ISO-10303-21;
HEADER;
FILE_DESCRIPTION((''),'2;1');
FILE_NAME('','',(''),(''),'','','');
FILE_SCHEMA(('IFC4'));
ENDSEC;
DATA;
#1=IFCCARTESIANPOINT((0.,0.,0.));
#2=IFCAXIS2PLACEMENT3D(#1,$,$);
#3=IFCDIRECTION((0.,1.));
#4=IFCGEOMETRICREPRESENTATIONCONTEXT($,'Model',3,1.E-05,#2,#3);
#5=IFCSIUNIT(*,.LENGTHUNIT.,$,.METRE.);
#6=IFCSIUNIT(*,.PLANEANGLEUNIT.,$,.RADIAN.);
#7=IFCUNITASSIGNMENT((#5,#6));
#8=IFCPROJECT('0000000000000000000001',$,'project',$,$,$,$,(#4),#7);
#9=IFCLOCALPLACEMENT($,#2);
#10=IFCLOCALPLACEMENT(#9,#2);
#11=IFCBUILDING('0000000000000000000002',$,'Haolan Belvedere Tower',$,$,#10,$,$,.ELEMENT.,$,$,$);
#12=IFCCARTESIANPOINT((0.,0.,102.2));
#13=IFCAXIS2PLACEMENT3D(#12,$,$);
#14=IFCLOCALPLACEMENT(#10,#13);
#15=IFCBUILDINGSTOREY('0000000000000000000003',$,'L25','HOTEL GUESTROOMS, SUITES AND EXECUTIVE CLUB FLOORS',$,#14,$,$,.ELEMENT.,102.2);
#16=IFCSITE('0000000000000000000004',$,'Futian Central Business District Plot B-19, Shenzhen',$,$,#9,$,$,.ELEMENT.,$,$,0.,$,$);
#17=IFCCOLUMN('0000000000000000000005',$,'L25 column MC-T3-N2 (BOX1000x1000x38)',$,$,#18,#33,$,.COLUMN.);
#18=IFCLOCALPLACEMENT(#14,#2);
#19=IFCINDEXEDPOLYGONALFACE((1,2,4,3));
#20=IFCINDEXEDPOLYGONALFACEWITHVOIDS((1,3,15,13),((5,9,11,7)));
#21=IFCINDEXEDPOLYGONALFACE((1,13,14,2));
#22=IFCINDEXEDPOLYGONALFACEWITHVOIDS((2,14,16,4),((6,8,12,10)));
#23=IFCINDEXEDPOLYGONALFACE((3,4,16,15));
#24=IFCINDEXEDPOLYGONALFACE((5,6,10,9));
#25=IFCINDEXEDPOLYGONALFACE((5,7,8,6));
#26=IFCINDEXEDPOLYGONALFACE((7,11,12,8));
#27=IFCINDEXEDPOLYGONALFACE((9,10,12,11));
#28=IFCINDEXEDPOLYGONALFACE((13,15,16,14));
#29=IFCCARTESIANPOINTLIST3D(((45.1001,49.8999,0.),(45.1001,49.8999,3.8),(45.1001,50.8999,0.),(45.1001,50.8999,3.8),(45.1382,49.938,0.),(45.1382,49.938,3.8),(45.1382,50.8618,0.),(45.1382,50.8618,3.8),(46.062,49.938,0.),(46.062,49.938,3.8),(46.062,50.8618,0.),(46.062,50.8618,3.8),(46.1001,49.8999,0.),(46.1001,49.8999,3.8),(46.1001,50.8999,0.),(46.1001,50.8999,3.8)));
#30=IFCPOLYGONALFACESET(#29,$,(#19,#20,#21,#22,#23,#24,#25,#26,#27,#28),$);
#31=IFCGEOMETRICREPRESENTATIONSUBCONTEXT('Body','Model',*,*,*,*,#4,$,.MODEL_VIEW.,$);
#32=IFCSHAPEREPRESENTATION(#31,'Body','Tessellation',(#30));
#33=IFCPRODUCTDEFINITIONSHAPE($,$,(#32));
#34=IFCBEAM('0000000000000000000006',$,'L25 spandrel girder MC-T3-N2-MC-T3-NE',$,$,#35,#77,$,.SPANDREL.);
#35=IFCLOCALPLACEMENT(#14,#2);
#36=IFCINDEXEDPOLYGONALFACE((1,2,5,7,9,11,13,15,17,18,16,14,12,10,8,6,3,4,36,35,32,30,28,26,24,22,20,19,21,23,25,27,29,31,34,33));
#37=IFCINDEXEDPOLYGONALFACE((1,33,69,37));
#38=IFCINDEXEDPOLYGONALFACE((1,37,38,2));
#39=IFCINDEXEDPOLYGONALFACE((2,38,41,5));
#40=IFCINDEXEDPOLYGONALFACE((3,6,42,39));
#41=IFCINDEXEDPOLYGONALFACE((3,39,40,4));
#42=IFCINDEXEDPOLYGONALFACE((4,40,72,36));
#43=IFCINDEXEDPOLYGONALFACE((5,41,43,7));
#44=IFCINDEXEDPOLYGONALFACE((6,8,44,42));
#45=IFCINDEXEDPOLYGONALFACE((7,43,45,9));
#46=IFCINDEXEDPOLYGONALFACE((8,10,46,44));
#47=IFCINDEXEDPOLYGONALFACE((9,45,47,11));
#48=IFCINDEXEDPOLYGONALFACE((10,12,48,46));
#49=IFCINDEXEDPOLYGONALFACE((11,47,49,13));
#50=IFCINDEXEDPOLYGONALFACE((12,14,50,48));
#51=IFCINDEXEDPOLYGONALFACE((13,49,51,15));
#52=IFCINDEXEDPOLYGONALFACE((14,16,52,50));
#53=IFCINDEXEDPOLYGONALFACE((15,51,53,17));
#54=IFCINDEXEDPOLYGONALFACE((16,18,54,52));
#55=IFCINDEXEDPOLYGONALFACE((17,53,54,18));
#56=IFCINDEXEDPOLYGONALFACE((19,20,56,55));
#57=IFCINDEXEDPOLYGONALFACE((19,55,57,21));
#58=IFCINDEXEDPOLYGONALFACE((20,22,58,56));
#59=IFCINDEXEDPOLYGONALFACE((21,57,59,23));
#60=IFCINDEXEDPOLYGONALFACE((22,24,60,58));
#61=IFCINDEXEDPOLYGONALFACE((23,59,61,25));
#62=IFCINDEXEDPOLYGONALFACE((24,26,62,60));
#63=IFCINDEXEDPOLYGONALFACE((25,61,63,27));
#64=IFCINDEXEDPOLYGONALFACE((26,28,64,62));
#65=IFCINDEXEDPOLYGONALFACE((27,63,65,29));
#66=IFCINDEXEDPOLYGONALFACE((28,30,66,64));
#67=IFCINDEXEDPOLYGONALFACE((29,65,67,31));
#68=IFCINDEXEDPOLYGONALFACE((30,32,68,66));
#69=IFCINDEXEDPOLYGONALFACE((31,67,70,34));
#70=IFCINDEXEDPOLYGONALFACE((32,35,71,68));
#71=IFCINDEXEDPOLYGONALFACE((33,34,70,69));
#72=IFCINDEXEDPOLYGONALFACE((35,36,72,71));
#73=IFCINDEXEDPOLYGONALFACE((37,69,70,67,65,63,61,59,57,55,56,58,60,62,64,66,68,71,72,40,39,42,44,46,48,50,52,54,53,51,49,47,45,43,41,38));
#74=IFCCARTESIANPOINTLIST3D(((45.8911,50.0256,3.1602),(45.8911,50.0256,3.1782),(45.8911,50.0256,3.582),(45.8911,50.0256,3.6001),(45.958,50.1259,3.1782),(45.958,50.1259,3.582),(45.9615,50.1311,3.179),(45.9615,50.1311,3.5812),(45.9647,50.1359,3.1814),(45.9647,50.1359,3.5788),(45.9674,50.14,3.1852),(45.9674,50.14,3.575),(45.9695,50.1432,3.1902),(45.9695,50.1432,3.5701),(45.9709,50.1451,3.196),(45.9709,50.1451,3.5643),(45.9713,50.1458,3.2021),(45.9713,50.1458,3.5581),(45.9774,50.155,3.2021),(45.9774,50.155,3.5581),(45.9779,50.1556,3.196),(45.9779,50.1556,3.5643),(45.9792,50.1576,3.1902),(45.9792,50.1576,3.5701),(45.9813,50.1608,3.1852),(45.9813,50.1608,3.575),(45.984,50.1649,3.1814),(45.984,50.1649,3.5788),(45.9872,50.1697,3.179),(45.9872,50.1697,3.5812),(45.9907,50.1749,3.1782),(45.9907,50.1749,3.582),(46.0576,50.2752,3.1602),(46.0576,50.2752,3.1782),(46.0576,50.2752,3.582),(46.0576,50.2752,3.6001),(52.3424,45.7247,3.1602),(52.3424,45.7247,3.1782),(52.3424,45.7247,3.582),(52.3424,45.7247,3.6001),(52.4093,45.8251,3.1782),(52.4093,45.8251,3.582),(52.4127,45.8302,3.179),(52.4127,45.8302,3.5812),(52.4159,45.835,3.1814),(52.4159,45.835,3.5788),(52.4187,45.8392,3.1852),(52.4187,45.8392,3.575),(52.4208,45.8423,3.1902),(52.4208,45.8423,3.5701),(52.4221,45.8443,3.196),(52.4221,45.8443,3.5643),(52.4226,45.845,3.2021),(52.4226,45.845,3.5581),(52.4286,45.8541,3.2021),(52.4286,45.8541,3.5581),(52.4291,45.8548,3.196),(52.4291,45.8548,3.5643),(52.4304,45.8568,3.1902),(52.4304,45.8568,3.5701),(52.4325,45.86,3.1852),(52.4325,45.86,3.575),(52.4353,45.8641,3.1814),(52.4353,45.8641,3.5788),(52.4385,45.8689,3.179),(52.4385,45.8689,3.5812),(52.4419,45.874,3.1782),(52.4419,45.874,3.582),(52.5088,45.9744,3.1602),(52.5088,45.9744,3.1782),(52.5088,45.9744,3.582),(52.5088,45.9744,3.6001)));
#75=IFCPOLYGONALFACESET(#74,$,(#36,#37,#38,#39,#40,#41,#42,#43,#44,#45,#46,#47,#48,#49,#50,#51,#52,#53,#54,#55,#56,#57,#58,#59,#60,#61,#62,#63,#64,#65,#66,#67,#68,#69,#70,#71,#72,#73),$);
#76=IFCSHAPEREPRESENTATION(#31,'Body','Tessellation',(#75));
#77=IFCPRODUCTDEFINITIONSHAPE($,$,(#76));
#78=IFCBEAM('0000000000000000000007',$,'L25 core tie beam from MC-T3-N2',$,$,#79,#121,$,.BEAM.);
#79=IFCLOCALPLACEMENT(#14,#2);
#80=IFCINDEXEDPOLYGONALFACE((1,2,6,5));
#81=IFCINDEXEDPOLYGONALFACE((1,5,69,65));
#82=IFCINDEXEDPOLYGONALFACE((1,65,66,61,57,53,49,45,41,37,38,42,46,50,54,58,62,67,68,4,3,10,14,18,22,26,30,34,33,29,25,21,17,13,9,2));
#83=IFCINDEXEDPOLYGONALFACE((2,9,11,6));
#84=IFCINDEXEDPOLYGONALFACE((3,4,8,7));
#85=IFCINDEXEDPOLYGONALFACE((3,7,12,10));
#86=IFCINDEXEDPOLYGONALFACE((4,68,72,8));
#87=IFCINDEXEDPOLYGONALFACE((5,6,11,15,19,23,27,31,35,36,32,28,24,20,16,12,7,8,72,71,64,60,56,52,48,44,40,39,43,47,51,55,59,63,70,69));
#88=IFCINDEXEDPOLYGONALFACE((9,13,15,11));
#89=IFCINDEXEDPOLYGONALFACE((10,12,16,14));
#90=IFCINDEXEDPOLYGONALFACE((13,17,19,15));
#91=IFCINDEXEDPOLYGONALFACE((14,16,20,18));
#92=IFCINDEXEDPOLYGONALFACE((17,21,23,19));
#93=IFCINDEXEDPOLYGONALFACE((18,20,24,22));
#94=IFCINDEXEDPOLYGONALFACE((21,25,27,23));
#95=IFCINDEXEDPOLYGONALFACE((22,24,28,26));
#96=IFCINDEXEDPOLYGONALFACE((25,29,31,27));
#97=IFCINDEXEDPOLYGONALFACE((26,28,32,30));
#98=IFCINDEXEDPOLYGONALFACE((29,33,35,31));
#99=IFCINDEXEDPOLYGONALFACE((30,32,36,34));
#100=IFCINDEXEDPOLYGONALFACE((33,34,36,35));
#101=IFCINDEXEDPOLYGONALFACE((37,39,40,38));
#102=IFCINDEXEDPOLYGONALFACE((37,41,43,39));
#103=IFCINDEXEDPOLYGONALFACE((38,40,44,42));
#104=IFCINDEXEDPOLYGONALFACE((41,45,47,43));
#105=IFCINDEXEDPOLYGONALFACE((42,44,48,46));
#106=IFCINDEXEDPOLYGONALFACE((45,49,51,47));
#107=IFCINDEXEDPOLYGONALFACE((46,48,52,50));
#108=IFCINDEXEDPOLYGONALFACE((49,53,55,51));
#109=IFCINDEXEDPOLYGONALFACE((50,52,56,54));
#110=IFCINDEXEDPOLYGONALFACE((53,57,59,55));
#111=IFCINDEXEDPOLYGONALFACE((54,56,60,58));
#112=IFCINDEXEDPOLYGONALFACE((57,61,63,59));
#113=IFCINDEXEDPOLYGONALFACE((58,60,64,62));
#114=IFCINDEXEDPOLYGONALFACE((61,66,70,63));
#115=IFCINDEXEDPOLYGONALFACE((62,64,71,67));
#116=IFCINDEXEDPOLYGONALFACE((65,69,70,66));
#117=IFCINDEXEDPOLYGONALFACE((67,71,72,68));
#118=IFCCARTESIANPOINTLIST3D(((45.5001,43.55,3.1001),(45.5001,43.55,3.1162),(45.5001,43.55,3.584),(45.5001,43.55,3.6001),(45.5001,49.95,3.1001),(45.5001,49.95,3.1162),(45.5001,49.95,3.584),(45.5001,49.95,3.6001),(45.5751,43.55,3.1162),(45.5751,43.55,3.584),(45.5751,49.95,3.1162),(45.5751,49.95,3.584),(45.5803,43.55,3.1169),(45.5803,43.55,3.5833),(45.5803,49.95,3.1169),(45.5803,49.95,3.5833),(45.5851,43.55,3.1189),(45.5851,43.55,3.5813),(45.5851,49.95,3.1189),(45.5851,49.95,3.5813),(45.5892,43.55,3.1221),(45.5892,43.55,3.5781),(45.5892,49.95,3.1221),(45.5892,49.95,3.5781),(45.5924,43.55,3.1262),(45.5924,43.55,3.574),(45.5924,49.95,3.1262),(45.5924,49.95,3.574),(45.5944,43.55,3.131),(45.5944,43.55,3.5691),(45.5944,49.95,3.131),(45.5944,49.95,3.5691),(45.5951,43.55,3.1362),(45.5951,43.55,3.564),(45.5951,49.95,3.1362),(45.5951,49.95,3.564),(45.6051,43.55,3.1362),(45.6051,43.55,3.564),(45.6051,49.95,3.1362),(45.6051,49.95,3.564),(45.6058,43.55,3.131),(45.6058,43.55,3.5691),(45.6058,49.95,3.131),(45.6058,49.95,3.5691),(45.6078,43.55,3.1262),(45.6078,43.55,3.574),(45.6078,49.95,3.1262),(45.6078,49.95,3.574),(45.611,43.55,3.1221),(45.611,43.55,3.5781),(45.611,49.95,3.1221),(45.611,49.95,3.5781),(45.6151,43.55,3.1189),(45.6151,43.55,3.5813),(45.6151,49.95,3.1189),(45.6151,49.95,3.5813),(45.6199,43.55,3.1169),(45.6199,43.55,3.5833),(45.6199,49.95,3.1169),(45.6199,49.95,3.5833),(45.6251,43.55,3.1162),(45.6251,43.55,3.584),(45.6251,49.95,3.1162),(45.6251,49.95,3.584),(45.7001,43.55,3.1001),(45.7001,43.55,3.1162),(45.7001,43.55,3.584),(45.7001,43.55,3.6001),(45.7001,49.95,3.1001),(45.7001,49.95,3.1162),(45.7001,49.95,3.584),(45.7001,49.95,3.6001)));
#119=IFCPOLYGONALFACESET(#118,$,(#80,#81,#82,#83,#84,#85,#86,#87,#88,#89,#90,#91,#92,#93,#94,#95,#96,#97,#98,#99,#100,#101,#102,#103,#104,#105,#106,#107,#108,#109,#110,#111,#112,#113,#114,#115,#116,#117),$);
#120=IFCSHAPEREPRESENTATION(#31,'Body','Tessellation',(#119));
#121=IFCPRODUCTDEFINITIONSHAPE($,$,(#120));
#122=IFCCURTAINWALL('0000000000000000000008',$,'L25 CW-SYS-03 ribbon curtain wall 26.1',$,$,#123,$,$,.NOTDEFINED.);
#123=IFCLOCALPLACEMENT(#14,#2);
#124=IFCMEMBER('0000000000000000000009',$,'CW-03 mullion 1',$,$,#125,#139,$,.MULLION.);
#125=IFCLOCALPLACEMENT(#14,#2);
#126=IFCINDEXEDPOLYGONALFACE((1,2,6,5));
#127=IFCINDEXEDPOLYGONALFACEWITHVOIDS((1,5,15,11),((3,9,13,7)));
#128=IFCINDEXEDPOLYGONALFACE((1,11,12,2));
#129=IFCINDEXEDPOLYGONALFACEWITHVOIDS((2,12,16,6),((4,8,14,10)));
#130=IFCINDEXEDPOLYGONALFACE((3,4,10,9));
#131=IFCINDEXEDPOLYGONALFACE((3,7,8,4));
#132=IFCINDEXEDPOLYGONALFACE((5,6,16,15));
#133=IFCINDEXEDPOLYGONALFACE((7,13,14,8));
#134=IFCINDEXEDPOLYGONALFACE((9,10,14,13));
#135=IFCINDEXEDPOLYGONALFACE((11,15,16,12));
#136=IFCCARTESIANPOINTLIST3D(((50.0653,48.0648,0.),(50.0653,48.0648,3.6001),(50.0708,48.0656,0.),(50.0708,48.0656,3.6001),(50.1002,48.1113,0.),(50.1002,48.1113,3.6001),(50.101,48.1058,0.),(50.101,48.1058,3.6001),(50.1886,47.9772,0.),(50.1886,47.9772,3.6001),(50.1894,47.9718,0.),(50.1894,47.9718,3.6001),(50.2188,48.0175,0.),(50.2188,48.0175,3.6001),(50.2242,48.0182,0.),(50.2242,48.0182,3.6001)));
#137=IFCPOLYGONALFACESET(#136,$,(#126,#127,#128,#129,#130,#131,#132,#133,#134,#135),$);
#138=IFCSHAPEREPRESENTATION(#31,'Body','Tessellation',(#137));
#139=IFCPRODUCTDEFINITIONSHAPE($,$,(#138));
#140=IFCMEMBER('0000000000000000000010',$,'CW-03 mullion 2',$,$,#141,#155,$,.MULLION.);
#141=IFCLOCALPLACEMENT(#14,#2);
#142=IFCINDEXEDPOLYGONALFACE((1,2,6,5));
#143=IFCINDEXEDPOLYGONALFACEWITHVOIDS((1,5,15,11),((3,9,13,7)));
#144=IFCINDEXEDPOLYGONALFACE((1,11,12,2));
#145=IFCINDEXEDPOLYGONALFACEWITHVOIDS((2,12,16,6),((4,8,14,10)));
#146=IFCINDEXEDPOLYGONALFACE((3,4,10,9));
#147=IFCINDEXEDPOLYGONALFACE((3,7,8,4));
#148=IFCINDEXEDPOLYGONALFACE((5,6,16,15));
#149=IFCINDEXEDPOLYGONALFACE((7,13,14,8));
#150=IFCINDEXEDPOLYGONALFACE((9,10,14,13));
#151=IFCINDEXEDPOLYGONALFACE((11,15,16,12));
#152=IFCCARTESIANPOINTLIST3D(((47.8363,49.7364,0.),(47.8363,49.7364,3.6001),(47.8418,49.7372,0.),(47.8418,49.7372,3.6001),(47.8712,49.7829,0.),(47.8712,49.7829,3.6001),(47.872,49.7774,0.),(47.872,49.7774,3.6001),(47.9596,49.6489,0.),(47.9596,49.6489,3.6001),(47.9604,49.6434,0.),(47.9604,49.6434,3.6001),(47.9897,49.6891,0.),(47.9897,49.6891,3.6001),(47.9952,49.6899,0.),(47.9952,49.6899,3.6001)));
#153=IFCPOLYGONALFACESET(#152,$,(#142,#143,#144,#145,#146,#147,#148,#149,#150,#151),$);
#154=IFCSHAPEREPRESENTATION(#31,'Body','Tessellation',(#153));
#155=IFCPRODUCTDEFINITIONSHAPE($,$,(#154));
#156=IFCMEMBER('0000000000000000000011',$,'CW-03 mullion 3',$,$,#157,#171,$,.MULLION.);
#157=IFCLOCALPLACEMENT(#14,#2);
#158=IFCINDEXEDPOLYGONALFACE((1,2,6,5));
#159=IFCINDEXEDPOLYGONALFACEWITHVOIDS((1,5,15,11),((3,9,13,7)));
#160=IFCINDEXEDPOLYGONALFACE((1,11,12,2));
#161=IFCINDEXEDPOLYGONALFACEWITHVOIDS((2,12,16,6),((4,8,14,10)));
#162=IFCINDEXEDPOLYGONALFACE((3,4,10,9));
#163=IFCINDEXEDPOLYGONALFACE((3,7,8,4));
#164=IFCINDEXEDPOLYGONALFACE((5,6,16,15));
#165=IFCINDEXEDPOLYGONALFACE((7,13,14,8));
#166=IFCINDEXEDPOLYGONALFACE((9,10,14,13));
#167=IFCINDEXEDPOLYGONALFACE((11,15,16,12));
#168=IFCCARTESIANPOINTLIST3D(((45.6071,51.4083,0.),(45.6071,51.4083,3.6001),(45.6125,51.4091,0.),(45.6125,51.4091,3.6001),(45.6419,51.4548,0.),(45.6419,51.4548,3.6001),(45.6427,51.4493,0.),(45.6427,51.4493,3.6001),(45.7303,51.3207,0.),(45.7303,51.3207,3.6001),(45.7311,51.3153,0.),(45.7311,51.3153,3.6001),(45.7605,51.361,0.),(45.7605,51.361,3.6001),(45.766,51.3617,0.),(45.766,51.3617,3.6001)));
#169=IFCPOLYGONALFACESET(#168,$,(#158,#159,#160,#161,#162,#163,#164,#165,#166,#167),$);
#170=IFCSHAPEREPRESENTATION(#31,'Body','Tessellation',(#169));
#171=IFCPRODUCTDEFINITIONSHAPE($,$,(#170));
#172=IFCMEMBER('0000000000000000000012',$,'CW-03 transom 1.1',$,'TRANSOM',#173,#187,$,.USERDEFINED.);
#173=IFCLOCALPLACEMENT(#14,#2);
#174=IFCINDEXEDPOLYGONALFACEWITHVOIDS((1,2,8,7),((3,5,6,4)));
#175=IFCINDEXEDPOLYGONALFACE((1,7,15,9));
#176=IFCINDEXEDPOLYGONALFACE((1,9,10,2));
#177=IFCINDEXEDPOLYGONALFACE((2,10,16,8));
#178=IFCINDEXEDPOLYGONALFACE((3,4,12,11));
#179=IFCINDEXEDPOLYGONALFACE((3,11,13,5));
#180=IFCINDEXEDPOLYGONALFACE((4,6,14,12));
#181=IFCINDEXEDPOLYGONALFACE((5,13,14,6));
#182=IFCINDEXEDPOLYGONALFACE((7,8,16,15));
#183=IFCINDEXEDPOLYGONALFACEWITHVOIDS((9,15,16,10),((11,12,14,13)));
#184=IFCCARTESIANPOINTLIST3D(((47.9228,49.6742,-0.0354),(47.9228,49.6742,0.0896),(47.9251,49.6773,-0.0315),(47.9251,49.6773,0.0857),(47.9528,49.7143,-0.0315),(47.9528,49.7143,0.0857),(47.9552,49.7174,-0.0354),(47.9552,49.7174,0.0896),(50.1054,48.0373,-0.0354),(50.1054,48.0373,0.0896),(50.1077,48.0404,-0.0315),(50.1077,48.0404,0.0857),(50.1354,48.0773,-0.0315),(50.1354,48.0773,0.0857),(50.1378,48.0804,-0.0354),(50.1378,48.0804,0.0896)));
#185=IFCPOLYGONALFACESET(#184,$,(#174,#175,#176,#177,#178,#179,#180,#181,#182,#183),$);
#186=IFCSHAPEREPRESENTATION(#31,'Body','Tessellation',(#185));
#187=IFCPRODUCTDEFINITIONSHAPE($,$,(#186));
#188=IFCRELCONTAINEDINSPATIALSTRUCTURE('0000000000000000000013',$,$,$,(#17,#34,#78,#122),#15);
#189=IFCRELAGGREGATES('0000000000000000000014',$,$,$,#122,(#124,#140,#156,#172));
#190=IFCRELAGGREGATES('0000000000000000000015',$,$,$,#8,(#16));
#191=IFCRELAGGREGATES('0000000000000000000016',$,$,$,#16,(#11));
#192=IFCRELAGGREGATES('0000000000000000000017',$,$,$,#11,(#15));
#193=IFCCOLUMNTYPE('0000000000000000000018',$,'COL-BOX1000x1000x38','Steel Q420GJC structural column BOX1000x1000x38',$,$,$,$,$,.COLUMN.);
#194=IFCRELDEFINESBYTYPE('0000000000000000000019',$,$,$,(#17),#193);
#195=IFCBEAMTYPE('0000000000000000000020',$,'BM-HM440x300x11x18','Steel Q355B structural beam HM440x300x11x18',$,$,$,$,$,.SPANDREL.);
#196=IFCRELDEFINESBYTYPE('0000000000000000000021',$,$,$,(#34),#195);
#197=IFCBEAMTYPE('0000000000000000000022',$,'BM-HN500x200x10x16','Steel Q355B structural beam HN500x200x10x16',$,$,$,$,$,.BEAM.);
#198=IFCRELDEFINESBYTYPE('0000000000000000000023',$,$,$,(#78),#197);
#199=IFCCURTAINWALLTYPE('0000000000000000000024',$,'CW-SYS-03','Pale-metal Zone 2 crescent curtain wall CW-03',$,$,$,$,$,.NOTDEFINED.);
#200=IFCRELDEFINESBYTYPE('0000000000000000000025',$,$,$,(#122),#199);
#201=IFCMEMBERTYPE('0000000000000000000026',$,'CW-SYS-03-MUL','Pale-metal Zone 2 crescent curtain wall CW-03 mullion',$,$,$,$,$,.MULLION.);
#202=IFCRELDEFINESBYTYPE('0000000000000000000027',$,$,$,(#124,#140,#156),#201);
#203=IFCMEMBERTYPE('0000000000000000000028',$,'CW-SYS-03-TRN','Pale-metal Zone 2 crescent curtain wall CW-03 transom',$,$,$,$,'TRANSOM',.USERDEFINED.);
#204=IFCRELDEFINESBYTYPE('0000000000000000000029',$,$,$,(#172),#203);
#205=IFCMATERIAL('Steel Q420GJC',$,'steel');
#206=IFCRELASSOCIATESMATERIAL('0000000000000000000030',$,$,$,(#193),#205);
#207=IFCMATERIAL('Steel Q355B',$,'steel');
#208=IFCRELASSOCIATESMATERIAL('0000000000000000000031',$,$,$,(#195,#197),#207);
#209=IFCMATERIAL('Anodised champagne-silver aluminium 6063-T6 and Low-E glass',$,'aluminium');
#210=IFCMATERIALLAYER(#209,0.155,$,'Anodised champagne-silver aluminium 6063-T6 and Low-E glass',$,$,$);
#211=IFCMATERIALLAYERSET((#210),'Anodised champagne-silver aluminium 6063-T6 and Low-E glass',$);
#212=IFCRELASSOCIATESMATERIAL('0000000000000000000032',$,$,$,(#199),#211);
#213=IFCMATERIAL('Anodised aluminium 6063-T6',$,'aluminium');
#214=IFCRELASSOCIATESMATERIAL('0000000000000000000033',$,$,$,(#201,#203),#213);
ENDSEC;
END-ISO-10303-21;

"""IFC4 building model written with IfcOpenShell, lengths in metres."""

from ifc_helpers import new_model, si_unit, direction, frame, origin, origin_2d, place, context, subcontext, project, spatial, hollow_rectangle, i_section, extrude, material, layer, layer_set, material_profile, profile_set, type_object, element, aggregate, save


model = new_model("IFC4")

# Units and contexts
model_context = context("Model", 3, precision=1e-05, world=origin(), true_north=direction((0.0, 1.0)))
body_context = subcontext(model_context, "Body", "Model", "MODEL_VIEW")
ifc_project = project(units=[si_unit("LENGTHUNIT", "METRE"), si_unit("PLANEANGLEUNIT", "RADIAN")], contexts=[model_context])

# Site, building, storey
site_placement = place(None, origin())
site = spatial("IfcSite", under=ifc_project, at=site_placement, Name="Futian Central Business District Plot B-19, Shenzhen", CompositionType="ELEMENT", RefElevation=0.0)
building_placement = place(site_placement, origin())
building = spatial("IfcBuilding", under=site, at=building_placement, Name="Haolan Belvedere Tower", CompositionType="ELEMENT")
storey_placement = place(building_placement, frame((0.0, 0.0, 102.2)))
storey = spatial("IfcBuildingStorey", under=building, at=storey_placement, Name="L25", Description="HOTEL GUESTROOMS, SUITES AND EXECUTIVE CLUB FLOORS", CompositionType="ELEMENT", Elevation=102.2)

# Column
ifc_material_1 = material(Name="Steel Q420GJC", Category="steel")
ifc_material_profile_1 = material_profile(ifc_material_1, hollow_rectangle(XDim=1.0, YDim=1.0, WallThickness=0.0381, at=origin_2d()), Name="Steel Q420GJC")
ifc_profile_set_1 = profile_set([ifc_material_profile_1], Name="Steel Q420GJC")
column_type = type_object("IfcColumnType", Name="COL-BOX1000x1000x38", Description="Steel Q420GJC structural column BOX1000x1000x38", PredefinedType="COLUMN", material=ifc_profile_set_1)
column_placement = place(storey_placement, frame((45.6001, 50.3999, 0.0), z_axis=(0.0, 0.0, 1.0), x_axis=(1.0, 0.0, 0.0)))
element("IfcColumn", 1, at=column_placement, inside=storey, type_object=column_type, Name="L25 column MC-T3-N2 (BOX1000x1000x38)", PredefinedType="COLUMN", context=body_context, shape_type="SweptSolid", body=[
    extrude(hollow_rectangle(XDim=1.0, YDim=1.0, WallThickness=0.0381, at=origin_2d()), origin(), (0.0, 0.0, 1.0), 3.8),
])

# Beams
ifc_material_2 = material(Name="Steel Q355B", Category="steel")
ifc_material_profile_2 = material_profile(ifc_material_2, i_section(OverallWidth=0.3, OverallDepth=0.4399, WebThickness=0.011, FlangeThickness=0.0181, FilletRadius=0.0239, at=origin_2d()), Name="Steel Q355B")
ifc_profile_set_2 = profile_set([ifc_material_profile_2], Name="Steel Q355B")
beam_type_1 = type_object("IfcBeamType", Name="BM-HM440x300x11x18", Description="Steel Q355B structural beam HM440x300x11x18", PredefinedType="SPANDREL", material=ifc_profile_set_2)
beam_1_placement = place(storey_placement, frame((45.9744, 50.1504, 3.3801), z_axis=(0.83205, -0.5547, 0.0), x_axis=(0.5547, 0.83205, 0.0)))
element("IfcBeam", 2, at=beam_1_placement, inside=storey, type_object=beam_type_1, Name="L25 spandrel girder MC-T3-N2-MC-T3-NE", PredefinedType="SPANDREL", context=body_context, shape_type="SweptSolid", body=[
    extrude(i_section(OverallWidth=0.3, OverallDepth=0.4399, WebThickness=0.011, FlangeThickness=0.0181, FilletRadius=0.0239, at=origin_2d()), origin(), (0.0, 0.0, 1.0), 7.7534),
])
ifc_material_profile_3 = material_profile(ifc_material_2, i_section(OverallWidth=0.2, OverallDepth=0.5, WebThickness=0.01, FlangeThickness=0.0161, FilletRadius=0.02, at=origin_2d()), Name="Steel Q355B")
ifc_profile_set_3 = profile_set([ifc_material_profile_3], Name="Steel Q355B")
beam_type_2 = type_object("IfcBeamType", Name="BM-HN500x200x10x16", Description="Steel Q355B structural beam HN500x200x10x16", PredefinedType="BEAM", material=ifc_profile_set_3)
beam_2_placement = place(storey_placement, frame((45.6001, 49.95, 3.3501), z_axis=(0.0, -1.0, 0.0), x_axis=(1.0, 0.0, 0.0)))
element("IfcBeam", 3, at=beam_2_placement, inside=storey, type_object=beam_type_2, Name="L25 core tie beam from MC-T3-N2", PredefinedType="BEAM", context=body_context, shape_type="SweptSolid", body=[
    extrude(i_section(OverallWidth=0.2, OverallDepth=0.5, WebThickness=0.01, FlangeThickness=0.0161, FilletRadius=0.02, at=origin_2d()), origin(), (0.0, 0.0, 1.0), 6.3999),
])

# Curtain wall, members
ifc_material_3 = material(Name="Anodised champagne-silver aluminium 6063-T6 and Low-E glass", Category="aluminium")
ifc_layer_1 = layer(ifc_material_3, 0.155, Name="Anodised champagne-silver aluminium 6063-T6 and Low-E glass")
ifc_layer_set_1 = layer_set([ifc_layer_1], Name="Anodised champagne-silver aluminium 6063-T6 and Low-E glass")
curtain_wall_type = type_object("IfcCurtainWallType", Name="CW-SYS-03", Description="Pale-metal Zone 2 crescent curtain wall CW-03", PredefinedType="NOTDEFINED", material=ifc_layer_set_1)
curtain_wall_placement = place(storey_placement, origin())
curtain_wall = element("IfcCurtainWall", 4, at=curtain_wall_placement, inside=storey, type_object=curtain_wall_type, Name="L25 CW-SYS-03 ribbon curtain wall 26.1", PredefinedType="NOTDEFINED")
ifc_material_4 = material(Name="Anodised aluminium 6063-T6", Category="aluminium")
ifc_material_profile_4 = material_profile(ifc_material_4, hollow_rectangle(XDim=0.0581, YDim=0.155, WallThickness=0.0039, at=origin_2d()), Name="Anodised aluminium 6063-T6")
ifc_profile_set_4 = profile_set([ifc_material_profile_4], Name="Anodised aluminium 6063-T6")
member_type_1 = type_object("IfcMemberType", Name="CW-SYS-03-MUL", Description="Pale-metal Zone 2 crescent curtain wall CW-03 mullion", PredefinedType="MULLION", material=ifc_profile_set_4)
member_1_placement = place(storey_placement, frame((50.1448, 48.0415, 0.0), z_axis=(0.0, 0.0, 1.0), x_axis=(-0.599994, -0.800004, 0.0)))
member_1 = element("IfcMember", 5, at=member_1_placement, type_object=member_type_1, Name="CW-03 mullion 1", PredefinedType="MULLION", context=body_context, shape_type="SweptSolid", body=[
    extrude(hollow_rectangle(XDim=0.0581, YDim=0.155, WallThickness=0.0039, at=origin_2d()), origin(), (0.0, 0.0, 1.0), 3.6001),
])
member_2_placement = place(storey_placement, frame((47.9158, 49.7131, 0.0), z_axis=(0.0, 0.0, 1.0), x_axis=(-0.599994, -0.800004, 0.0)))
member_2 = element("IfcMember", 6, at=member_2_placement, type_object=member_type_1, Name="CW-03 mullion 2", PredefinedType="MULLION", context=body_context, shape_type="SweptSolid", body=[
    extrude(hollow_rectangle(XDim=0.0581, YDim=0.155, WallThickness=0.0039, at=origin_2d()), origin(), (0.0, 0.0, 1.0), 3.6001),
])
member_3_placement = place(storey_placement, frame((45.6865, 51.385, 0.0), z_axis=(0.0, 0.0, 1.0), x_axis=(-0.599994, -0.800004, 0.0)))
member_3 = element("IfcMember", 7, at=member_3_placement, type_object=member_type_1, Name="CW-03 mullion 3", PredefinedType="MULLION", context=body_context, shape_type="SweptSolid", body=[
    extrude(hollow_rectangle(XDim=0.0581, YDim=0.155, WallThickness=0.0039, at=origin_2d()), origin(), (0.0, 0.0, 1.0), 3.6001),
])
ifc_material_profile_5 = material_profile(ifc_material_4, hollow_rectangle(XDim=0.054, YDim=0.125, WallThickness=0.0039, at=origin_2d()), Name="Anodised aluminium 6063-T6")
ifc_profile_set_5 = profile_set([ifc_material_profile_5], Name="Anodised aluminium 6063-T6")
member_type_2 = type_object("IfcMemberType", Name="CW-SYS-03-TRN", Description="Pale-metal Zone 2 crescent curtain wall CW-03 transom", ElementType="TRANSOM", PredefinedType="USERDEFINED", material=ifc_profile_set_5)
member_4_placement = place(storey_placement, frame((50.1216, 48.0588, 0.0271), z_axis=(-0.8, 0.6, 0.0), x_axis=(-0.6, -0.8, 0.0)))
member_4 = element("IfcMember", 8, at=member_4_placement, type_object=member_type_2, Name="CW-03 transom 1.1", ObjectType="TRANSOM", PredefinedType="USERDEFINED", context=body_context, shape_type="SweptSolid", body=[
    extrude(hollow_rectangle(XDim=0.054, YDim=0.125, WallThickness=0.0039, at=origin_2d()), origin(), (0.0, 0.0, 1.0), 2.7283),
])
aggregate(curtain_wall, [member_1, member_2, member_3, member_4])

save(model, "model.ifc")
